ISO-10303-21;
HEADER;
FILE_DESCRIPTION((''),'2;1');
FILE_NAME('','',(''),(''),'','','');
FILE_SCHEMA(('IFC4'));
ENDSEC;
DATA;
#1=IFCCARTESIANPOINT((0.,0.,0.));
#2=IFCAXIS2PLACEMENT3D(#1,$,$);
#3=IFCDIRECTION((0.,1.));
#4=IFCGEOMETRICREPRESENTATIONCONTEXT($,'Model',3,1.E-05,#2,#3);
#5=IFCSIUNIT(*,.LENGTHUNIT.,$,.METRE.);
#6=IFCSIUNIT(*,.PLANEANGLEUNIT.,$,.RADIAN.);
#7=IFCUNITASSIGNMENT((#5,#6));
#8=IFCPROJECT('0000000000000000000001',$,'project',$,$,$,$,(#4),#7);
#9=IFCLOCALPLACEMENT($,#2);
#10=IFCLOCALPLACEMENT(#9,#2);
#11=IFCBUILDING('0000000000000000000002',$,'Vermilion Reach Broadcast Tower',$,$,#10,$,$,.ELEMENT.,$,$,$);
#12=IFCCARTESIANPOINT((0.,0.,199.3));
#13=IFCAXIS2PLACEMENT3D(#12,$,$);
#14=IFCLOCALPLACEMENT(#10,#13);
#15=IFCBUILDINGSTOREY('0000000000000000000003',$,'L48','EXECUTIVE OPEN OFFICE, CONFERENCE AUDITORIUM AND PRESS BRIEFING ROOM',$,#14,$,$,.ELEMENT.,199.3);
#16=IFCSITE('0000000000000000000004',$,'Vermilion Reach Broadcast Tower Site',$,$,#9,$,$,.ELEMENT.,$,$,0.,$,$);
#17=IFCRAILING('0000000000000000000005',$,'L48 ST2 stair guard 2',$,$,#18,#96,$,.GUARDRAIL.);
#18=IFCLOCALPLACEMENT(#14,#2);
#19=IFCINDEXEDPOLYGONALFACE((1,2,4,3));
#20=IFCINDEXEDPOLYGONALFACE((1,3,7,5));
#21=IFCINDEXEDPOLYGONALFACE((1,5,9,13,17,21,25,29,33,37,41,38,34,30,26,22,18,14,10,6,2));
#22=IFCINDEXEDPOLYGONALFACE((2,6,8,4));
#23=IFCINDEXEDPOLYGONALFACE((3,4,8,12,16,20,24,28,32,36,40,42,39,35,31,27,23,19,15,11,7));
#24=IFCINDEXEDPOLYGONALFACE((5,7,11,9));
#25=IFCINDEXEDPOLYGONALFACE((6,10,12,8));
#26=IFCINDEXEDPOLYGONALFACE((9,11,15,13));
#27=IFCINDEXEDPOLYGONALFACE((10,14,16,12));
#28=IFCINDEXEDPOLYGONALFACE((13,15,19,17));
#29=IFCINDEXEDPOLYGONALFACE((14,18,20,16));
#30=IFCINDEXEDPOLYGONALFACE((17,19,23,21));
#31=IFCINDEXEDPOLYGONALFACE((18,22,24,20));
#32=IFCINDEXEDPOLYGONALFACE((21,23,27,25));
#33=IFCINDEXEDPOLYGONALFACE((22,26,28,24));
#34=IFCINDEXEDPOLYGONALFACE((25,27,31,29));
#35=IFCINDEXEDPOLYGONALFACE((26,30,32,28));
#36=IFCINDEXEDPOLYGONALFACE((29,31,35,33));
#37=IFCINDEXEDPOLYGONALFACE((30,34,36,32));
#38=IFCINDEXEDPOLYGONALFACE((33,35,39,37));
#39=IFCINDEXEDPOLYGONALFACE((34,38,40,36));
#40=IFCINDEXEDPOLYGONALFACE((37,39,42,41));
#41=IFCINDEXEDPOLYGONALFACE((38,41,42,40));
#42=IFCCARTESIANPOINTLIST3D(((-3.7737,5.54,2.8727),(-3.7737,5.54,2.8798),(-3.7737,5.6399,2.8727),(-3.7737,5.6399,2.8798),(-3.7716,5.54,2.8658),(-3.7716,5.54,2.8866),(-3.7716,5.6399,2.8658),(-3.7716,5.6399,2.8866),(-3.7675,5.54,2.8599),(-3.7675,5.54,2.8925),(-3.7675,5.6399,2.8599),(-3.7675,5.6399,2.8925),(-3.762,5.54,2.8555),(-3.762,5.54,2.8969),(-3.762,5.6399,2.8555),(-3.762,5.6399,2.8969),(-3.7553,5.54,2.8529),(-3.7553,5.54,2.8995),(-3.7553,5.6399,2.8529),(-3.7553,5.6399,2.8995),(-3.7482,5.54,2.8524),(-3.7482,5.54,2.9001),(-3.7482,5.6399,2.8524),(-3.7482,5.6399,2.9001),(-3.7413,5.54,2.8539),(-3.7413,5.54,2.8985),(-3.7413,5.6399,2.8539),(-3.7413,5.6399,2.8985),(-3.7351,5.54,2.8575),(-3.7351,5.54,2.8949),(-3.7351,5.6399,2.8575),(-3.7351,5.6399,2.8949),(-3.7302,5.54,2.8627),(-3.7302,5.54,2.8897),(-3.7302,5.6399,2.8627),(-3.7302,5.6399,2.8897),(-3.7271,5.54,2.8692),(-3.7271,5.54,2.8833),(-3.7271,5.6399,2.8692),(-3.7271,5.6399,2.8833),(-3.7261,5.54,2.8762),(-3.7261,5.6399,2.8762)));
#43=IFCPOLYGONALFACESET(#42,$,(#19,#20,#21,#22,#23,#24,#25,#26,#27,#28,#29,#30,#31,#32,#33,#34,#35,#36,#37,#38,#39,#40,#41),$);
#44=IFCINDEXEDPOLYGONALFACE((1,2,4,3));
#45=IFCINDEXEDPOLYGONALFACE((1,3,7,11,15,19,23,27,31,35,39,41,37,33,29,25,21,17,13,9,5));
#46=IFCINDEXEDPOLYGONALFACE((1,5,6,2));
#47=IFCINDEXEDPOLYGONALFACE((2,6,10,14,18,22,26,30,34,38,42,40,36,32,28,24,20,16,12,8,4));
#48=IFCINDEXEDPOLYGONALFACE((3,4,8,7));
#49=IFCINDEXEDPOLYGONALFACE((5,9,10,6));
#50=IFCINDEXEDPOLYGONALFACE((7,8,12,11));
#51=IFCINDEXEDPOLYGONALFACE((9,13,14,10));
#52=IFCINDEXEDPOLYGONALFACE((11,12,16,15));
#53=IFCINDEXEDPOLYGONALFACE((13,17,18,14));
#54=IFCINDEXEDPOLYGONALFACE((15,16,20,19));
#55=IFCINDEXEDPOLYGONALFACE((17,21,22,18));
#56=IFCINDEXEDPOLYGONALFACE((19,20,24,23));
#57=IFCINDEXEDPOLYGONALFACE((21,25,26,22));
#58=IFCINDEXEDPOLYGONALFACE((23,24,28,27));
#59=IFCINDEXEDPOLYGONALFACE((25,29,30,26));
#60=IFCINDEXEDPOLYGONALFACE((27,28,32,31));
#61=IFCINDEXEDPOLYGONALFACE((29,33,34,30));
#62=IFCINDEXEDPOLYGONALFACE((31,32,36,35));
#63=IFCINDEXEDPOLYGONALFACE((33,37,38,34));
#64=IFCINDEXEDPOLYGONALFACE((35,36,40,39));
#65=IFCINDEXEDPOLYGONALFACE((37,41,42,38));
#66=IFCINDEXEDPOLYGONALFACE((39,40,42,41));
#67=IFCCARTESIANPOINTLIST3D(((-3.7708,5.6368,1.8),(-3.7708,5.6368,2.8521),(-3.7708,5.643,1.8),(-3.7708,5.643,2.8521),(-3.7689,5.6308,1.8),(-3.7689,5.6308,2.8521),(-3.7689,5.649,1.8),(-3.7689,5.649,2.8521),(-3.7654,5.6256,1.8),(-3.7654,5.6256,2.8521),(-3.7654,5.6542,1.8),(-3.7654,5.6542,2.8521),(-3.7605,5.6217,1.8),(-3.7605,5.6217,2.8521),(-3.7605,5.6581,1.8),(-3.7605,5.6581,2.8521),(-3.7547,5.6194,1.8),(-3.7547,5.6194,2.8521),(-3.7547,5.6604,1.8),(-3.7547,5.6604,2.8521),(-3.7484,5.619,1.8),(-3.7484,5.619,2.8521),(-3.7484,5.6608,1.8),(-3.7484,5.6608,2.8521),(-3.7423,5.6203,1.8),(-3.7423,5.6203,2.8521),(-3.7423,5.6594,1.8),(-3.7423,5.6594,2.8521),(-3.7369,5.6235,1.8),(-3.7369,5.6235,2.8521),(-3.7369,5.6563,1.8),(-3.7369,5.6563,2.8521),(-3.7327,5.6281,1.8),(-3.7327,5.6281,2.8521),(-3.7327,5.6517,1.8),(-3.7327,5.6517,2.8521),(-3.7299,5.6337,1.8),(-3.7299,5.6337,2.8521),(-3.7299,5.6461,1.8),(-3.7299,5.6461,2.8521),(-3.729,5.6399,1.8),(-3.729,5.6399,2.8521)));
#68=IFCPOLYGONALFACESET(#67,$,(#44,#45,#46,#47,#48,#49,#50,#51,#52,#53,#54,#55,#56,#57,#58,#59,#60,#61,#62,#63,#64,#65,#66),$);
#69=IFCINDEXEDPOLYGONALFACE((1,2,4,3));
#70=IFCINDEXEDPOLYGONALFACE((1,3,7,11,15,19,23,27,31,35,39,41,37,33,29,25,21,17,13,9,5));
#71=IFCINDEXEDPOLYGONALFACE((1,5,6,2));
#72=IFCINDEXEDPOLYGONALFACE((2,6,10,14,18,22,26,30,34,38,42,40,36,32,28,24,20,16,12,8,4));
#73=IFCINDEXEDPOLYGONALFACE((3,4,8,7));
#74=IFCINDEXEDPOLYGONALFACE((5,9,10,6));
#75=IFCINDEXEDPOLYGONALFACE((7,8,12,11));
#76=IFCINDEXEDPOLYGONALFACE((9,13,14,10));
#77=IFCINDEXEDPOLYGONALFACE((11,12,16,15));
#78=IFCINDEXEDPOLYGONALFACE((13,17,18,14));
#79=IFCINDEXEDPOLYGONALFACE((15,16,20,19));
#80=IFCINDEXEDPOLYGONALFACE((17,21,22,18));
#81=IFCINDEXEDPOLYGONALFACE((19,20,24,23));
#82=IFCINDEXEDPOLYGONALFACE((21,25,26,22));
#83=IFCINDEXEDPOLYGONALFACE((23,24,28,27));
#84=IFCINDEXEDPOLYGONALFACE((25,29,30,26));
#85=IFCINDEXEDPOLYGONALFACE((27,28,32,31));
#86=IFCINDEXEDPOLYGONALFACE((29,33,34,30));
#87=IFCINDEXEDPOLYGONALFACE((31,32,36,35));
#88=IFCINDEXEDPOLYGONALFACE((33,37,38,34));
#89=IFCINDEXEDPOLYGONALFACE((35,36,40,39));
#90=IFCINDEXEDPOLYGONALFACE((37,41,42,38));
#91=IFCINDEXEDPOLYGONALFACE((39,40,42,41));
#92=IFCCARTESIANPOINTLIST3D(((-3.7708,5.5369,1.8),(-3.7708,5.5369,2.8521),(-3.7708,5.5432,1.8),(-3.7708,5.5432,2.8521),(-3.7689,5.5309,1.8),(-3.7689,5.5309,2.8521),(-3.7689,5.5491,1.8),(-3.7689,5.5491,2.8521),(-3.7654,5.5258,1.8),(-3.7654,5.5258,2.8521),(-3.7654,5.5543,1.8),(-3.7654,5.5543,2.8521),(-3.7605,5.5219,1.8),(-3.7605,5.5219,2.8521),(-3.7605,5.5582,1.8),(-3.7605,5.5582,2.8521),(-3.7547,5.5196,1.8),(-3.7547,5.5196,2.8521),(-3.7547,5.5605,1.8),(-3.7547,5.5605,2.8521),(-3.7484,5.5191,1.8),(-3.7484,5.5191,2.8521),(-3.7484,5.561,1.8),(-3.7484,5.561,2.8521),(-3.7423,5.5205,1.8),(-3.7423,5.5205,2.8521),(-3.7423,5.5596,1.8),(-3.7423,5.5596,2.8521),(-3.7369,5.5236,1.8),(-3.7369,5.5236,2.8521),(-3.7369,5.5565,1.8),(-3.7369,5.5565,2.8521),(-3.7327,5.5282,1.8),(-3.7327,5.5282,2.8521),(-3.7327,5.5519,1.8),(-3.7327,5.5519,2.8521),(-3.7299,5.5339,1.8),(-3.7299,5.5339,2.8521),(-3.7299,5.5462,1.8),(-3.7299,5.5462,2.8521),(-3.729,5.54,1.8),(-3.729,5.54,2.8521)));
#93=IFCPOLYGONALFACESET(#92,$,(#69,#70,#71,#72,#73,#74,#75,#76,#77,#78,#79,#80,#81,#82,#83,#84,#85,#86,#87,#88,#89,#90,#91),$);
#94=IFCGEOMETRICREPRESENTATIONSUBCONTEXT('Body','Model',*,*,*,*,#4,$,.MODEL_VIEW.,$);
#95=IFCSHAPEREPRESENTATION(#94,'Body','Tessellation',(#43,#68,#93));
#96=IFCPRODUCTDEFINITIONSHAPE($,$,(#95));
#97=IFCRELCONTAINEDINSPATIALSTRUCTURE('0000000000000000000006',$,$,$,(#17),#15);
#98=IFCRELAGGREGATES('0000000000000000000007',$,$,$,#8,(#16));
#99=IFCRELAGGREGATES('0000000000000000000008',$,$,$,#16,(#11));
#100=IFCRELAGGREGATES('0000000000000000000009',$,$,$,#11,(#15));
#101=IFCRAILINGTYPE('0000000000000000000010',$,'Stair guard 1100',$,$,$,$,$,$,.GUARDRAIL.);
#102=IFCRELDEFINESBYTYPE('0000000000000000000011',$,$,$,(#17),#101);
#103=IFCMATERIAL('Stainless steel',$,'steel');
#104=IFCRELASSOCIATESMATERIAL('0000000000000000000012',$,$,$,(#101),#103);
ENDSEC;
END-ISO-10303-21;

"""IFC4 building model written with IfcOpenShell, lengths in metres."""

from ifc_helpers import new_model, si_unit, direction, frame, origin, origin_2d, place, context, subcontext, project, spatial, circle, extrude, material, type_object, element, save


model = new_model("IFC4")

# Units and contexts
model_context = context("Model", 3, precision=1e-05, world=origin(), true_north=direction((0.0, 1.0)))
body_context = subcontext(model_context, "Body", "Model", "MODEL_VIEW")
ifc_project = project(units=[si_unit("LENGTHUNIT", "METRE"), si_unit("PLANEANGLEUNIT", "RADIAN")], contexts=[model_context])

# Site, building, storey
site_placement = place(None, origin())
site = spatial("IfcSite", under=ifc_project, at=site_placement, Name="Vermilion Reach Broadcast Tower Site", CompositionType="ELEMENT", RefElevation=0.0)
building_placement = place(site_placement, origin())
building = spatial("IfcBuilding", under=site, at=building_placement, Name="Vermilion Reach Broadcast Tower", CompositionType="ELEMENT")
storey_placement = place(building_placement, frame((0.0, 0.0, 199.3)))
storey = spatial("IfcBuildingStorey", under=building, at=storey_placement, Name="L48", Description="EXECUTIVE OPEN OFFICE, CONFERENCE AUDITORIUM AND PRESS BRIEFING ROOM", CompositionType="ELEMENT", Elevation=199.3)

# Railing
ifc_material_1 = material(Name="Stainless steel", Category="steel")
railing_type_1 = type_object("IfcRailingType", Name="Stair guard 1100", PredefinedType="GUARDRAIL", material=ifc_material_1)
railing_1_placement = place(storey_placement, frame((-3.75, 5.6399, 1.8)))
element("IfcRailing", 1, at=railing_1_placement, inside=storey, type_object=railing_type_1, Name="L48 ST2 stair guard 2", PredefinedType="GUARDRAIL", context=body_context, shape_type="SweptSolid", body=[
    extrude(circle(Radius=0.0239, at=origin_2d()), frame((0.0, 0.0, 1.0762), z_axis=(0.0, -1.0, 0.0), x_axis=(1.0, 0.0, 0.0)), (0.0, 0.0, 1.0), 0.0999),
    extrude(circle(Radius=0.021, at=origin_2d()), origin(), (0.0, 0.0, 1.0), 1.052),
    extrude(circle(Radius=0.021, at=origin_2d()), frame((0.0, -0.0999, 0.0)), (0.0, 0.0, 1.0), 1.052),
])

save(model, "model.ifc")
